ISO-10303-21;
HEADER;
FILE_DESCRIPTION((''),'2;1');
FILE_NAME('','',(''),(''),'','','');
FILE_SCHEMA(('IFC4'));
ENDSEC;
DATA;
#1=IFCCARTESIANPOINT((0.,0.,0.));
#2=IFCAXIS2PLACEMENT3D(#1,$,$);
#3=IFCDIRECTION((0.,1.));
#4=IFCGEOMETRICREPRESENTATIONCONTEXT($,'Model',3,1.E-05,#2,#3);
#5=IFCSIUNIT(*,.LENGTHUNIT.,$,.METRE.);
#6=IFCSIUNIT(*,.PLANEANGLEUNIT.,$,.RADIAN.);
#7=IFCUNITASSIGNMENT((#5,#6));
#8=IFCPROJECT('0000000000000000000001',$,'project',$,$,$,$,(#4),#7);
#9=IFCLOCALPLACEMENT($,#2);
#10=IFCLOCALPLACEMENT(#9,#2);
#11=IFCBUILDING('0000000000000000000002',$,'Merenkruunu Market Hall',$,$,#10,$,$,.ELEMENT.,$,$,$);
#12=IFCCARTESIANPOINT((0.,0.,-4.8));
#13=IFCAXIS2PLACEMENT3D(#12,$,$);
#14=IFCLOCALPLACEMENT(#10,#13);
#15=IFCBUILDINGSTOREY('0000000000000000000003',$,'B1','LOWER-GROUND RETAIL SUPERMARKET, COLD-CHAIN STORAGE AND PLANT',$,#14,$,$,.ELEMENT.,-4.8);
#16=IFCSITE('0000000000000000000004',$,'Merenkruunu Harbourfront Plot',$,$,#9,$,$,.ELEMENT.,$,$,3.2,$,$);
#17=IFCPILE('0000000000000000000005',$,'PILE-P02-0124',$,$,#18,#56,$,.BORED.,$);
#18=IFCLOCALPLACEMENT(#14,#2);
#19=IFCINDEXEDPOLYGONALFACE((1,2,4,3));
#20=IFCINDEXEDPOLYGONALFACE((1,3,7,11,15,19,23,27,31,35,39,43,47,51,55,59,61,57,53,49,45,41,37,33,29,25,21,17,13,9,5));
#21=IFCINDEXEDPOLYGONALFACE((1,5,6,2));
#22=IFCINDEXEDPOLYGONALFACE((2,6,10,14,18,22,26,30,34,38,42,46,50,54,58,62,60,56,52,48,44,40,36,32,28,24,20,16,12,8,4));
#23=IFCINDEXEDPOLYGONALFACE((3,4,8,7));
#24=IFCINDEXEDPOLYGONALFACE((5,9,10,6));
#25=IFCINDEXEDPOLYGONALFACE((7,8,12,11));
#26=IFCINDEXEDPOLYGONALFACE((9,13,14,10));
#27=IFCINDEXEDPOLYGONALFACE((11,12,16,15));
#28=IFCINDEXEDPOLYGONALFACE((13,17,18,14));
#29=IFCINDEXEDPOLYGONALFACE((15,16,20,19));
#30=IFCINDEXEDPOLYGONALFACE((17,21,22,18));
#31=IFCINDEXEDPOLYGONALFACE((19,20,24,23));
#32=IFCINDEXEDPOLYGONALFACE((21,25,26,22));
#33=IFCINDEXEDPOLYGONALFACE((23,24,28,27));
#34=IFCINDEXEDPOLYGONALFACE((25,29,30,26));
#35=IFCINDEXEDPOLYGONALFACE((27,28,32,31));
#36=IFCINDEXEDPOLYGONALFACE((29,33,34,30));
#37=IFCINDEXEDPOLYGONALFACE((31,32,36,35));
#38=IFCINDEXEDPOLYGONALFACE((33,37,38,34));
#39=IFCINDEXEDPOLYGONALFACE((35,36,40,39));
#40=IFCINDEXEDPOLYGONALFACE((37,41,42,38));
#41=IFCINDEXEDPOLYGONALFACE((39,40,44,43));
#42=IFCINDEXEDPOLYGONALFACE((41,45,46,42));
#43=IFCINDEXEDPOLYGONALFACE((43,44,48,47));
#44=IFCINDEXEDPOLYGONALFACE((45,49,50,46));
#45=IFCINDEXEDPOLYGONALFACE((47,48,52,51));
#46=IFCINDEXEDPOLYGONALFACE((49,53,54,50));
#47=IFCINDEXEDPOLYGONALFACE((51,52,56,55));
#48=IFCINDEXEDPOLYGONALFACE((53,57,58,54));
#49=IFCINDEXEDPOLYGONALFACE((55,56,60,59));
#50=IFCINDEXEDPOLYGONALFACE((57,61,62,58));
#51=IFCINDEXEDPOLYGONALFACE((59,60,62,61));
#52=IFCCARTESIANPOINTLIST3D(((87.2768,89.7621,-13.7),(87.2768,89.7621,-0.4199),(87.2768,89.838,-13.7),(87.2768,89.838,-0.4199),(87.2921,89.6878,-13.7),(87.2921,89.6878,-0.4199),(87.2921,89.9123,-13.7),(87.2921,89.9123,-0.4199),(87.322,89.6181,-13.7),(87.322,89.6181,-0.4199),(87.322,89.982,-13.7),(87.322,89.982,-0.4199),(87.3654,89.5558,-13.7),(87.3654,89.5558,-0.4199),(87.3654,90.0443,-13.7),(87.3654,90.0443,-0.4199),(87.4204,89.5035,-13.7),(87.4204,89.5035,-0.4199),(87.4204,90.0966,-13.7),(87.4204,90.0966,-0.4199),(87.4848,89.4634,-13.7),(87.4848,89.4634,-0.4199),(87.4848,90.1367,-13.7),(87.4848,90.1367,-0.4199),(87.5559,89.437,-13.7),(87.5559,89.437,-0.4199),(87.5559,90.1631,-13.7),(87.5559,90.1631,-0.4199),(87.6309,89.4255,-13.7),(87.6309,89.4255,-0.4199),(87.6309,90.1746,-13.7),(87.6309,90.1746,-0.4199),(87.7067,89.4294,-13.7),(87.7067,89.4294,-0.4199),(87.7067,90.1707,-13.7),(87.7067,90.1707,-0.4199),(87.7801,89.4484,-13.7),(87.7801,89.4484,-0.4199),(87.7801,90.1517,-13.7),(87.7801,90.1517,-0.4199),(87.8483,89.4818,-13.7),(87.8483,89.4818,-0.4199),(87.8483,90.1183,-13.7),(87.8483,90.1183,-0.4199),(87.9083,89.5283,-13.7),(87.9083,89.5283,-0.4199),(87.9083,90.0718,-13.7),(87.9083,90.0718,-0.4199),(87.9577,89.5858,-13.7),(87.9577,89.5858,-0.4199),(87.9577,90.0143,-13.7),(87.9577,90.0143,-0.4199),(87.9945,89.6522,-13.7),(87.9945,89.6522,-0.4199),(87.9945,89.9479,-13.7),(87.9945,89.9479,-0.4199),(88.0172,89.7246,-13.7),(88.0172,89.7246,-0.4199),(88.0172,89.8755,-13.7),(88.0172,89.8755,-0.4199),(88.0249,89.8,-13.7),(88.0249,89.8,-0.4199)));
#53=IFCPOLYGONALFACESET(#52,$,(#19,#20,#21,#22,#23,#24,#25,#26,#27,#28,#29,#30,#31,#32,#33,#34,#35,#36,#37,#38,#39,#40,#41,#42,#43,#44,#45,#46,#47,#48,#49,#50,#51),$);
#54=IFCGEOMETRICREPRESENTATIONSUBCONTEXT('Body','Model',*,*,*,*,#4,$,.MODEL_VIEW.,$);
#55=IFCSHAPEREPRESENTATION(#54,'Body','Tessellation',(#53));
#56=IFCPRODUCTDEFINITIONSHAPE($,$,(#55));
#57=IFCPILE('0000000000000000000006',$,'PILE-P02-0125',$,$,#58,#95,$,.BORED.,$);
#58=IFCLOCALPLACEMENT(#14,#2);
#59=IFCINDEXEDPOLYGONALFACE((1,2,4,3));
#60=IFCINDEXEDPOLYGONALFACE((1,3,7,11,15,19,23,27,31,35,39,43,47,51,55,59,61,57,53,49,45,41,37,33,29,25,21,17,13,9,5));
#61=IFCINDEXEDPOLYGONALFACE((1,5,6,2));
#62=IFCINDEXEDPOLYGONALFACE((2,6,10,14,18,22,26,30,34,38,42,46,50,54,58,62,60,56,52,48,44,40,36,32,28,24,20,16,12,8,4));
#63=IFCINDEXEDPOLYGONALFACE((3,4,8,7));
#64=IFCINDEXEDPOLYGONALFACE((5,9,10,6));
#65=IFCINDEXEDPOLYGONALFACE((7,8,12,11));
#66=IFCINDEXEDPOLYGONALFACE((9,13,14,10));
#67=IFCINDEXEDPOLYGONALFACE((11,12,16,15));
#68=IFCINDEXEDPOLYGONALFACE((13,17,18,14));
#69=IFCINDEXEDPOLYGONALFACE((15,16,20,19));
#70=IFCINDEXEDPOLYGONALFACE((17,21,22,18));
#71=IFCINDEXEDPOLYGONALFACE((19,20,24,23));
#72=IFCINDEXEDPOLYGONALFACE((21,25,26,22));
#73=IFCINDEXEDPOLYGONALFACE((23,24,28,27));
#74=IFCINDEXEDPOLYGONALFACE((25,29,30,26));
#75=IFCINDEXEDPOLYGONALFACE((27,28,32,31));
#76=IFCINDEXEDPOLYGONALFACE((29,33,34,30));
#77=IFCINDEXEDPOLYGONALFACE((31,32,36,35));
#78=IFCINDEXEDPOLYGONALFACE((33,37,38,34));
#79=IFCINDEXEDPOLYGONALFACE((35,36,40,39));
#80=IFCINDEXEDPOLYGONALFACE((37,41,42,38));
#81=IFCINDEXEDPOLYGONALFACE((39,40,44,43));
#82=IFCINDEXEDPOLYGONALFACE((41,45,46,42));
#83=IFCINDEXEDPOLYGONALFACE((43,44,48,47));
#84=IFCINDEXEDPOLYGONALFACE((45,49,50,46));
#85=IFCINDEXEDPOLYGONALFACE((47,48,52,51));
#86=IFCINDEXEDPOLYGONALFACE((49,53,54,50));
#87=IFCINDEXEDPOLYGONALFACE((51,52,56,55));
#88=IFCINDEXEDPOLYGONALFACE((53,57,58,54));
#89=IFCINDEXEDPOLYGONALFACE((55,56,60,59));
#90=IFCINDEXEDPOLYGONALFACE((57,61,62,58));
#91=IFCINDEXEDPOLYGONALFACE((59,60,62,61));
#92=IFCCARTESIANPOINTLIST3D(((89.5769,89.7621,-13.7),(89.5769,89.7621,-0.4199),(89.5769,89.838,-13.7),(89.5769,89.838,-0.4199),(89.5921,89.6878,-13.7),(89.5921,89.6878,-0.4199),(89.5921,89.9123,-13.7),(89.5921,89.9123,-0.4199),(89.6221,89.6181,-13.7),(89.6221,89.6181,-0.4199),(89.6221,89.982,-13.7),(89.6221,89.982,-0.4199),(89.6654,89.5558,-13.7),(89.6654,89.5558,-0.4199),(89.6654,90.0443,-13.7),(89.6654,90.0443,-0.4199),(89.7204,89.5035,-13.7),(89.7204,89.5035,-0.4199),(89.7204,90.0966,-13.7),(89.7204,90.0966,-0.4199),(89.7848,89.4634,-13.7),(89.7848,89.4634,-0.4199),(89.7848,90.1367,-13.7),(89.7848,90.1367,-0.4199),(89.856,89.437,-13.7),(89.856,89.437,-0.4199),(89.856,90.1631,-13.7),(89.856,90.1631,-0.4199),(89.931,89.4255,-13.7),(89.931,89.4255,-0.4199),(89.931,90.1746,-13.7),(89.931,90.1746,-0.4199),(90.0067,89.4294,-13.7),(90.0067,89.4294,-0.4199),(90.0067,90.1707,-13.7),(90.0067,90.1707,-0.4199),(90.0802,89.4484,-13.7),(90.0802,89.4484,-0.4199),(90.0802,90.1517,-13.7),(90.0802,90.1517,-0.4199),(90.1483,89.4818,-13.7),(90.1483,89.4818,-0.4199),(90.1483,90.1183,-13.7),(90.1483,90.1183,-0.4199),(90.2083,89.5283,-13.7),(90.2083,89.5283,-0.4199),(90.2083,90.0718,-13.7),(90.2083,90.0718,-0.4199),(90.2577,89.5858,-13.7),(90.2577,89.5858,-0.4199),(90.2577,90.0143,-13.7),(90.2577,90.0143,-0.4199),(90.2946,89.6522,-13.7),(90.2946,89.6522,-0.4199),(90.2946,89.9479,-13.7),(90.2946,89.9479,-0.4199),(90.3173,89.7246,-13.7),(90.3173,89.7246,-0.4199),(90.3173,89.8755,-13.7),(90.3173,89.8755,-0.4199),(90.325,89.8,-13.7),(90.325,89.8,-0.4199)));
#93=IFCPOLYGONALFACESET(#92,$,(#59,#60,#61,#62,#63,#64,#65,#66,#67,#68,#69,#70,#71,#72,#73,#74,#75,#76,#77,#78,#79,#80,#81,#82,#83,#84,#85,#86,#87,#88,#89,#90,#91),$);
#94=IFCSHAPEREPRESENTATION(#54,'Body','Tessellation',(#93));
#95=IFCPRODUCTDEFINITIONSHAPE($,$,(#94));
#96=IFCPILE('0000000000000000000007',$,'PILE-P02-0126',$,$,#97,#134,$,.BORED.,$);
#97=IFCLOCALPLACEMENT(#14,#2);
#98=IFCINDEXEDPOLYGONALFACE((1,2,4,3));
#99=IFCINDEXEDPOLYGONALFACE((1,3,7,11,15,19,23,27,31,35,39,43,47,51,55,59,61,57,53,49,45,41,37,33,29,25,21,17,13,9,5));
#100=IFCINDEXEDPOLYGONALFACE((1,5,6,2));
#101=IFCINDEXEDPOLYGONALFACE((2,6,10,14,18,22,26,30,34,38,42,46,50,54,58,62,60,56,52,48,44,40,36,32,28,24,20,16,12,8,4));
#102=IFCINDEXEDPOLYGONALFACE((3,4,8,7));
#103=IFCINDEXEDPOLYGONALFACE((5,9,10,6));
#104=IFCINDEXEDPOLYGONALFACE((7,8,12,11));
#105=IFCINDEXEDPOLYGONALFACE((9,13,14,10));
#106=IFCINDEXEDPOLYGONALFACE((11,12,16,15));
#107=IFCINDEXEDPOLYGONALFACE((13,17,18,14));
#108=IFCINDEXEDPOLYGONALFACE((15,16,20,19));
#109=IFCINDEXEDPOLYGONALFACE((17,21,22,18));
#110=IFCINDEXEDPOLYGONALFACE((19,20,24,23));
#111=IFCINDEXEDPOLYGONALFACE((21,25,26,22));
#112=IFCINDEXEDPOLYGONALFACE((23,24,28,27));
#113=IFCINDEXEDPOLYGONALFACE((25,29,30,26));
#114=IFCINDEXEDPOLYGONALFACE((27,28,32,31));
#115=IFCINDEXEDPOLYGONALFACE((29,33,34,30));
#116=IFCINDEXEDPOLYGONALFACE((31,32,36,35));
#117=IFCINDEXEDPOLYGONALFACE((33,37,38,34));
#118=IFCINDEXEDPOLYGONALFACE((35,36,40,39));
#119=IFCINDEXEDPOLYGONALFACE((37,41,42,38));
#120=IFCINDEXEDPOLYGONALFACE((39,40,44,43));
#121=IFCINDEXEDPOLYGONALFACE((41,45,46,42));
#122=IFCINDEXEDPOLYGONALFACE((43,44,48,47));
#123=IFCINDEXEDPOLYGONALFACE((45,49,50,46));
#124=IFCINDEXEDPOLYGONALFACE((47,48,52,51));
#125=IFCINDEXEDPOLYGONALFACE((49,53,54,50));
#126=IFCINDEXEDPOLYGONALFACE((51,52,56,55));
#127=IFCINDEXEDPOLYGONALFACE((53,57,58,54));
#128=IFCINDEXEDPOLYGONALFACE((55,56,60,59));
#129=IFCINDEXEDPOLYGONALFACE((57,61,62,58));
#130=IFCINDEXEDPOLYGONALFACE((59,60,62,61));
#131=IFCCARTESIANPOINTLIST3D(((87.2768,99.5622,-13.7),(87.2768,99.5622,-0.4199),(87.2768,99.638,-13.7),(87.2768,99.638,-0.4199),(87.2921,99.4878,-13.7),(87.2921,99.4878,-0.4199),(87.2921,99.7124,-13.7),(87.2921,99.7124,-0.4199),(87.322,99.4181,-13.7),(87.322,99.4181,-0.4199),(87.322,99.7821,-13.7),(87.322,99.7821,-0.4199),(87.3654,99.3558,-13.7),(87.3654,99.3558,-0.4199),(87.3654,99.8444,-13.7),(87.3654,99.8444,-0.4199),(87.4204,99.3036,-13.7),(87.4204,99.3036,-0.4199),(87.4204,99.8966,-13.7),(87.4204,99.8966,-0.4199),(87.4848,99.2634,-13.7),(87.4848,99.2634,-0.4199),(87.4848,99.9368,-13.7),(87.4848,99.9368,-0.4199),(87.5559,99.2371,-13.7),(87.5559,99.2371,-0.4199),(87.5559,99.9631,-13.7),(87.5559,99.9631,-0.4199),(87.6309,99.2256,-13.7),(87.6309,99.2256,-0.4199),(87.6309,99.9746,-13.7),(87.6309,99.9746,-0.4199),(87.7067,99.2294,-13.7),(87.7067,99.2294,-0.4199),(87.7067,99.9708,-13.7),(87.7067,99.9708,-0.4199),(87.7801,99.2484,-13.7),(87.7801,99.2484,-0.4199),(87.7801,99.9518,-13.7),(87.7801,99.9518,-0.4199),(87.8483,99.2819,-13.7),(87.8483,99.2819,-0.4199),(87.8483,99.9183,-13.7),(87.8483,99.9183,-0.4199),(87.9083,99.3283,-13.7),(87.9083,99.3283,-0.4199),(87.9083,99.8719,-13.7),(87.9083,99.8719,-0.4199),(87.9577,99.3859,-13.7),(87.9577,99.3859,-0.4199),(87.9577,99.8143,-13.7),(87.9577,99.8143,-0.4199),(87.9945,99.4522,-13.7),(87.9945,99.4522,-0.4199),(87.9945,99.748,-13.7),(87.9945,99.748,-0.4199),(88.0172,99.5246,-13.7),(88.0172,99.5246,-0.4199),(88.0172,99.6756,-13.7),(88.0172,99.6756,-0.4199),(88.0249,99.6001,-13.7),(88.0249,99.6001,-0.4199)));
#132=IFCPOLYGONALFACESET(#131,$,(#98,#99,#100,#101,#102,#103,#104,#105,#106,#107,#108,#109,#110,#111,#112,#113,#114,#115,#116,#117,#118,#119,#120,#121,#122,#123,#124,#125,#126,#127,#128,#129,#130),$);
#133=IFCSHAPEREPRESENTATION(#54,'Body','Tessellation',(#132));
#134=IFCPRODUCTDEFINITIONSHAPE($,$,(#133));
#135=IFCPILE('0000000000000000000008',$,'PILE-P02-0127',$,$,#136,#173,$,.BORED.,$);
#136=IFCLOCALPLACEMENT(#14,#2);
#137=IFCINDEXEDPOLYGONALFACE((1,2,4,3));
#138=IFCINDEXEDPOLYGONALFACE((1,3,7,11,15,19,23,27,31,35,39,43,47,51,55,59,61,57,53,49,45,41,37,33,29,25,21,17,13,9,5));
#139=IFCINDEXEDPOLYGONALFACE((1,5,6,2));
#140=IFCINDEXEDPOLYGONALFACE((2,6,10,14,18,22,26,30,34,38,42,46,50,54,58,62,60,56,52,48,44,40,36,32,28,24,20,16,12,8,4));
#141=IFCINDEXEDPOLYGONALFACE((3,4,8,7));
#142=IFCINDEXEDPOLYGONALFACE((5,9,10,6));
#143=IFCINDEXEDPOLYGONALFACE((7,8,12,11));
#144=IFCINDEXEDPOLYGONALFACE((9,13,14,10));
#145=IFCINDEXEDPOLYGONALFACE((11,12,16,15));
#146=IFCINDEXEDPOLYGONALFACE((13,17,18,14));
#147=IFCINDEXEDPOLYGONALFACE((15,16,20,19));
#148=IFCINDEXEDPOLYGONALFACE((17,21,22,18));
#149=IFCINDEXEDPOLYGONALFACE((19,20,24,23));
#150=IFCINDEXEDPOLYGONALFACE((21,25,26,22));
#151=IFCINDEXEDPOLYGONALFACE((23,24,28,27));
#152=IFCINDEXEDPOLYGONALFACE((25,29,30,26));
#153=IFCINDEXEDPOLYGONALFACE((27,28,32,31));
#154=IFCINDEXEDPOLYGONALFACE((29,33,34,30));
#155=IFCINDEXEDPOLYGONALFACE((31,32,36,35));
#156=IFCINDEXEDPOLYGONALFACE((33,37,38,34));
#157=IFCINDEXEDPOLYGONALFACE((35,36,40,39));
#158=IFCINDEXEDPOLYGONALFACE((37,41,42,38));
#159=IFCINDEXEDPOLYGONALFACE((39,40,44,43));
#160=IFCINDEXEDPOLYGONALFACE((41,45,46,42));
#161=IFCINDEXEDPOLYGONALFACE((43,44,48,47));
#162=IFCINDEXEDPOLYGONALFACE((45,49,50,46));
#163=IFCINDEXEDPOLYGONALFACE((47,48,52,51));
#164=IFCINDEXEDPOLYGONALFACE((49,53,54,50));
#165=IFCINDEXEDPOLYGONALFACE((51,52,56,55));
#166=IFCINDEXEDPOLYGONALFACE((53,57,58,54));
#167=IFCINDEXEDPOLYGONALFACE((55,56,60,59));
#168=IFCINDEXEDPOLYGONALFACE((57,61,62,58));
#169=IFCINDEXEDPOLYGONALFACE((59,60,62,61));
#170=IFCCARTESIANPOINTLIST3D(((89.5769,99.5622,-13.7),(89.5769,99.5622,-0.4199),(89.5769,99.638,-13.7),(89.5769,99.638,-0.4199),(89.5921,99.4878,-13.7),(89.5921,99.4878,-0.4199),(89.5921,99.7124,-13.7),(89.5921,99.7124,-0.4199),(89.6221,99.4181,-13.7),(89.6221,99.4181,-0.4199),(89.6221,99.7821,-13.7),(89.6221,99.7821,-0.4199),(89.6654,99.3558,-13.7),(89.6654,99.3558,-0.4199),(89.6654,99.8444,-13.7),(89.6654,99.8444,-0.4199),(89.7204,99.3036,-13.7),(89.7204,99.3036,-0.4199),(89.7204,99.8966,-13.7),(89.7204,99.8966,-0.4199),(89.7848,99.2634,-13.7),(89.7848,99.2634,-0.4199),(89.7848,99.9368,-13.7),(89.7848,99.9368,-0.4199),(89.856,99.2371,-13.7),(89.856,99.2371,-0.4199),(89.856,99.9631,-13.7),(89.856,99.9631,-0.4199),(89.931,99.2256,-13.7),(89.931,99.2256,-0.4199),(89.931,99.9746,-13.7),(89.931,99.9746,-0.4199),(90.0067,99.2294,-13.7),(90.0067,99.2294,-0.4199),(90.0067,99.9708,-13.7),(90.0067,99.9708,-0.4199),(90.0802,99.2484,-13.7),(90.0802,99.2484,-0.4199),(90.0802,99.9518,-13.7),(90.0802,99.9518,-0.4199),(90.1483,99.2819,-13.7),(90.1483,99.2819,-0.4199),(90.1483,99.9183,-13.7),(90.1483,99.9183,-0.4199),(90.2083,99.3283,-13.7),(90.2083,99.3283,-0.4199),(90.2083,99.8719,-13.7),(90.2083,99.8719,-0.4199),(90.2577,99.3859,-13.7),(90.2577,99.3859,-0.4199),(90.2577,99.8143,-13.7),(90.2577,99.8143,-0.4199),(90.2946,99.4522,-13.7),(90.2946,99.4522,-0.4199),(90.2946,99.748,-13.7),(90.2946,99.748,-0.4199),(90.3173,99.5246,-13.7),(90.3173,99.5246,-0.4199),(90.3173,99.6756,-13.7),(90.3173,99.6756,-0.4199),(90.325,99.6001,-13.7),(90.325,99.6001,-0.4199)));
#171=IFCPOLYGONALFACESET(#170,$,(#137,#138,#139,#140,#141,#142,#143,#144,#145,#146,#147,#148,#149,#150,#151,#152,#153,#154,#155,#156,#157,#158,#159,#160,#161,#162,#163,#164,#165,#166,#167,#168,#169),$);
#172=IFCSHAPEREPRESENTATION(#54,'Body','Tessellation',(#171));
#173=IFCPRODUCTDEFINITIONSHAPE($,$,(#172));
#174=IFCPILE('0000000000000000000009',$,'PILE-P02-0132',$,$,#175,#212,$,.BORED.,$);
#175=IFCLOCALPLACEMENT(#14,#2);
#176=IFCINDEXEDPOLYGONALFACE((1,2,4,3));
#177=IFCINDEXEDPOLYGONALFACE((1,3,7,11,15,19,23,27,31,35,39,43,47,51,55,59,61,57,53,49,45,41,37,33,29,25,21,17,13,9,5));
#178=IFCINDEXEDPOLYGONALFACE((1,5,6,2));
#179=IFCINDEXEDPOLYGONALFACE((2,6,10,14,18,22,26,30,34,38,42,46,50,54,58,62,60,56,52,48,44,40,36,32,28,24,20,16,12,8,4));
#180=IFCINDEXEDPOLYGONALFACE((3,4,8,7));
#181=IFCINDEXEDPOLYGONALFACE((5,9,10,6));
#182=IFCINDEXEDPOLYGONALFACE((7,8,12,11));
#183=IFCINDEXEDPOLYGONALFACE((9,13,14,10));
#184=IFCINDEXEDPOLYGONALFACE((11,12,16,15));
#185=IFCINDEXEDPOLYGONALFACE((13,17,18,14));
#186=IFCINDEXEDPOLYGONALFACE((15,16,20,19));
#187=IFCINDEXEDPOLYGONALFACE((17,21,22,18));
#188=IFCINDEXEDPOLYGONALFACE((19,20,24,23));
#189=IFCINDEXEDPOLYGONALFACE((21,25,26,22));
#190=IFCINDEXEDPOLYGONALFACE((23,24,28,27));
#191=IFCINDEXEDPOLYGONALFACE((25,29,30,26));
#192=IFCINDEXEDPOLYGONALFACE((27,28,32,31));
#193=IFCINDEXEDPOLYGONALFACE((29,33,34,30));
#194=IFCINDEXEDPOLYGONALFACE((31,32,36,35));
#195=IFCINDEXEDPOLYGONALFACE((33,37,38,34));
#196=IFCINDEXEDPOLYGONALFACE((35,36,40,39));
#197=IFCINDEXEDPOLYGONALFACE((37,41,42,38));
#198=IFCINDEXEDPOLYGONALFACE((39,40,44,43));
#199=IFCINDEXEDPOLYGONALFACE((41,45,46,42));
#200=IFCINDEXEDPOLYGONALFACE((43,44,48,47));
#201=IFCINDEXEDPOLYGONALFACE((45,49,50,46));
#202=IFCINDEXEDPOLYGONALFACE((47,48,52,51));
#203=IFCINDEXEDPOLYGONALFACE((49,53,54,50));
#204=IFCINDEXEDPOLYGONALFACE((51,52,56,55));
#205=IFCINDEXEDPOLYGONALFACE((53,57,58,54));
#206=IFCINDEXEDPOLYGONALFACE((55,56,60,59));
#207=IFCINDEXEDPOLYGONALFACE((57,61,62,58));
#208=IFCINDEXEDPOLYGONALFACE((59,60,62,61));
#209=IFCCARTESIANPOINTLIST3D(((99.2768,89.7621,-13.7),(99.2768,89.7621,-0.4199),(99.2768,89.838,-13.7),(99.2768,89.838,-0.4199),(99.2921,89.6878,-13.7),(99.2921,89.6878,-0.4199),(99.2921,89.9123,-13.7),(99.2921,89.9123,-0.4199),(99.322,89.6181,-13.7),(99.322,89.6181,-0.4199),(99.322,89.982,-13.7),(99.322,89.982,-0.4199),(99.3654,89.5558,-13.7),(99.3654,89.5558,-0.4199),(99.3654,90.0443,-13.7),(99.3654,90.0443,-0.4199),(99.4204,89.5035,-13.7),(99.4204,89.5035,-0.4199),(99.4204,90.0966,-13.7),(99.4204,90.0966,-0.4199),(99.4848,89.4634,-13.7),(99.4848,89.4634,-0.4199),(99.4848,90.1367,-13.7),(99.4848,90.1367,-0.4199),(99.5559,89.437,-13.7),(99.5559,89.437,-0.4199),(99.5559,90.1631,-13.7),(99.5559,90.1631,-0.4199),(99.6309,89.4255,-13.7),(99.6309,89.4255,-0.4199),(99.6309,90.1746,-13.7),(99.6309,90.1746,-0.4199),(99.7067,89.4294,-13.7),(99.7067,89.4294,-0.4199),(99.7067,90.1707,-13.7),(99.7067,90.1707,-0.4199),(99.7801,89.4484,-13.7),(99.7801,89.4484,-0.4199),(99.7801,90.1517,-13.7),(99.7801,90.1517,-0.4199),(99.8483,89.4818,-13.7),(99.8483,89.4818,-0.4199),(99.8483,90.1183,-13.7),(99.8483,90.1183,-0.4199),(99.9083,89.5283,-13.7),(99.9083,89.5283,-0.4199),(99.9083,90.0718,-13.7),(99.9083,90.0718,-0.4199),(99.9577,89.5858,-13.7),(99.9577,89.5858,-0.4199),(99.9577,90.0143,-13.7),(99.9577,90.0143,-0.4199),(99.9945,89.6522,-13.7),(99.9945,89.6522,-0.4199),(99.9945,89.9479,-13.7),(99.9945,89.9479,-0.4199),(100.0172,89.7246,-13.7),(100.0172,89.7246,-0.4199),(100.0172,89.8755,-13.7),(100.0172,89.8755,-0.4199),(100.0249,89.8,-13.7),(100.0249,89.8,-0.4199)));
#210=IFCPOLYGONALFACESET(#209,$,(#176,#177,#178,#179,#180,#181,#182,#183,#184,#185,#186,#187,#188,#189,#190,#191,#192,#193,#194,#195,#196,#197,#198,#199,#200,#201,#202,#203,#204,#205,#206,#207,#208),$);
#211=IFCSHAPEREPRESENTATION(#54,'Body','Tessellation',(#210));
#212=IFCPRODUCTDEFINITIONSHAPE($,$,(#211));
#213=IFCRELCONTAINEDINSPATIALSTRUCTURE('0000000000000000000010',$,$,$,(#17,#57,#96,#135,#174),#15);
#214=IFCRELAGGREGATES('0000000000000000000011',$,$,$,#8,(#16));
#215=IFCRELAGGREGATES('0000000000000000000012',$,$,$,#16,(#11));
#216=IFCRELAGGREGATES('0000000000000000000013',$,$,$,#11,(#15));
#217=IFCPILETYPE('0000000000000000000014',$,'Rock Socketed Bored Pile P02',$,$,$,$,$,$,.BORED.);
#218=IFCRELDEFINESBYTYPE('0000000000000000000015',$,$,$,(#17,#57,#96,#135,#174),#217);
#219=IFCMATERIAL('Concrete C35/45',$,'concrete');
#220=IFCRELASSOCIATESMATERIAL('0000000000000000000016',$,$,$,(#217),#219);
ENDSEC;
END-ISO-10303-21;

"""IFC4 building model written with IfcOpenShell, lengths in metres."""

from ifc_helpers import new_model, si_unit, direction, frame, origin, origin_2d, place, context, subcontext, project, spatial, circle, extrude, material, material_profile, profile_set, type_object, element, save


model = new_model("IFC4")

# Units and contexts
model_context = context("Model", 3, precision=1e-05, world=origin(), true_north=direction((0.0, 1.0)))
body_context = subcontext(model_context, "Body", "Model", "MODEL_VIEW")
ifc_project = project(units=[si_unit("LENGTHUNIT", "METRE"), si_unit("PLANEANGLEUNIT", "RADIAN")], contexts=[model_context])

# Site, building, storey
site_placement = place(None, origin())
site = spatial("IfcSite", under=ifc_project, at=site_placement, Name="Merenkruunu Harbourfront Plot", CompositionType="ELEMENT", RefElevation=3.2)
building_placement = place(site_placement, origin())
building = spatial("IfcBuilding", under=site, at=building_placement, Name="Merenkruunu Market Hall", CompositionType="ELEMENT")
storey_placement = place(building_placement, frame((0.0, 0.0, -4.8)))
storey = spatial("IfcBuildingStorey", under=building, at=storey_placement, Name="B1", Description="LOWER-GROUND RETAIL SUPERMARKET, COLD-CHAIN STORAGE AND PLANT", CompositionType="ELEMENT", Elevation=-4.8)

# Piles
ifc_material_1 = material(Name="Concrete C35/45", Category="concrete")
ifc_material_profile_1 = material_profile(ifc_material_1, circle(Radius=0.375, at=origin_2d()), Name="BORED PILE 750")
ifc_profile_set_1 = profile_set([ifc_material_profile_1], Name="Concrete C35/45")
pile_type_1 = type_object("IfcPileType", Name="Rock Socketed Bored Pile P02", PredefinedType="BORED", material=ifc_profile_set_1)
for number, where, z_axis, x_axis, name in (
    (1, (87.6499, 89.8, -0.4199), (0.0, 0.0, -1.0), (1.0, 0.0, 0.0), "PILE-P02-0124"),
    (2, (89.95, 89.8, -0.4199), (0.0, 0.0, -1.0), (1.0, 0.0, 0.0), "PILE-P02-0125"),
    (3, (87.6499, 99.6001, -0.4199), (0.0, 0.0, -1.0), (1.0, 0.0, 0.0), "PILE-P02-0126"),
    (4, (89.95, 99.6001, -0.4199), (0.0, 0.0, -1.0), (1.0, 0.0, 0.0), "PILE-P02-0127"),
    (5, (99.6499, 89.8, -0.4199), (0.0, 0.0, -1.0), (1.0, 0.0, 0.0), "PILE-P02-0132"),
):
    element("IfcPile", number, at=place(storey_placement, frame(where, z_axis=z_axis, x_axis=x_axis)), inside=storey, type_object=pile_type_1, Name=name, PredefinedType="BORED", context=body_context, shape_type="SweptSolid", body=[
        extrude(circle(Radius=0.375, at=origin_2d()), origin(), (0.0, 0.0, 1.0), 13.28),
    ])

save(model, "model.ifc")
